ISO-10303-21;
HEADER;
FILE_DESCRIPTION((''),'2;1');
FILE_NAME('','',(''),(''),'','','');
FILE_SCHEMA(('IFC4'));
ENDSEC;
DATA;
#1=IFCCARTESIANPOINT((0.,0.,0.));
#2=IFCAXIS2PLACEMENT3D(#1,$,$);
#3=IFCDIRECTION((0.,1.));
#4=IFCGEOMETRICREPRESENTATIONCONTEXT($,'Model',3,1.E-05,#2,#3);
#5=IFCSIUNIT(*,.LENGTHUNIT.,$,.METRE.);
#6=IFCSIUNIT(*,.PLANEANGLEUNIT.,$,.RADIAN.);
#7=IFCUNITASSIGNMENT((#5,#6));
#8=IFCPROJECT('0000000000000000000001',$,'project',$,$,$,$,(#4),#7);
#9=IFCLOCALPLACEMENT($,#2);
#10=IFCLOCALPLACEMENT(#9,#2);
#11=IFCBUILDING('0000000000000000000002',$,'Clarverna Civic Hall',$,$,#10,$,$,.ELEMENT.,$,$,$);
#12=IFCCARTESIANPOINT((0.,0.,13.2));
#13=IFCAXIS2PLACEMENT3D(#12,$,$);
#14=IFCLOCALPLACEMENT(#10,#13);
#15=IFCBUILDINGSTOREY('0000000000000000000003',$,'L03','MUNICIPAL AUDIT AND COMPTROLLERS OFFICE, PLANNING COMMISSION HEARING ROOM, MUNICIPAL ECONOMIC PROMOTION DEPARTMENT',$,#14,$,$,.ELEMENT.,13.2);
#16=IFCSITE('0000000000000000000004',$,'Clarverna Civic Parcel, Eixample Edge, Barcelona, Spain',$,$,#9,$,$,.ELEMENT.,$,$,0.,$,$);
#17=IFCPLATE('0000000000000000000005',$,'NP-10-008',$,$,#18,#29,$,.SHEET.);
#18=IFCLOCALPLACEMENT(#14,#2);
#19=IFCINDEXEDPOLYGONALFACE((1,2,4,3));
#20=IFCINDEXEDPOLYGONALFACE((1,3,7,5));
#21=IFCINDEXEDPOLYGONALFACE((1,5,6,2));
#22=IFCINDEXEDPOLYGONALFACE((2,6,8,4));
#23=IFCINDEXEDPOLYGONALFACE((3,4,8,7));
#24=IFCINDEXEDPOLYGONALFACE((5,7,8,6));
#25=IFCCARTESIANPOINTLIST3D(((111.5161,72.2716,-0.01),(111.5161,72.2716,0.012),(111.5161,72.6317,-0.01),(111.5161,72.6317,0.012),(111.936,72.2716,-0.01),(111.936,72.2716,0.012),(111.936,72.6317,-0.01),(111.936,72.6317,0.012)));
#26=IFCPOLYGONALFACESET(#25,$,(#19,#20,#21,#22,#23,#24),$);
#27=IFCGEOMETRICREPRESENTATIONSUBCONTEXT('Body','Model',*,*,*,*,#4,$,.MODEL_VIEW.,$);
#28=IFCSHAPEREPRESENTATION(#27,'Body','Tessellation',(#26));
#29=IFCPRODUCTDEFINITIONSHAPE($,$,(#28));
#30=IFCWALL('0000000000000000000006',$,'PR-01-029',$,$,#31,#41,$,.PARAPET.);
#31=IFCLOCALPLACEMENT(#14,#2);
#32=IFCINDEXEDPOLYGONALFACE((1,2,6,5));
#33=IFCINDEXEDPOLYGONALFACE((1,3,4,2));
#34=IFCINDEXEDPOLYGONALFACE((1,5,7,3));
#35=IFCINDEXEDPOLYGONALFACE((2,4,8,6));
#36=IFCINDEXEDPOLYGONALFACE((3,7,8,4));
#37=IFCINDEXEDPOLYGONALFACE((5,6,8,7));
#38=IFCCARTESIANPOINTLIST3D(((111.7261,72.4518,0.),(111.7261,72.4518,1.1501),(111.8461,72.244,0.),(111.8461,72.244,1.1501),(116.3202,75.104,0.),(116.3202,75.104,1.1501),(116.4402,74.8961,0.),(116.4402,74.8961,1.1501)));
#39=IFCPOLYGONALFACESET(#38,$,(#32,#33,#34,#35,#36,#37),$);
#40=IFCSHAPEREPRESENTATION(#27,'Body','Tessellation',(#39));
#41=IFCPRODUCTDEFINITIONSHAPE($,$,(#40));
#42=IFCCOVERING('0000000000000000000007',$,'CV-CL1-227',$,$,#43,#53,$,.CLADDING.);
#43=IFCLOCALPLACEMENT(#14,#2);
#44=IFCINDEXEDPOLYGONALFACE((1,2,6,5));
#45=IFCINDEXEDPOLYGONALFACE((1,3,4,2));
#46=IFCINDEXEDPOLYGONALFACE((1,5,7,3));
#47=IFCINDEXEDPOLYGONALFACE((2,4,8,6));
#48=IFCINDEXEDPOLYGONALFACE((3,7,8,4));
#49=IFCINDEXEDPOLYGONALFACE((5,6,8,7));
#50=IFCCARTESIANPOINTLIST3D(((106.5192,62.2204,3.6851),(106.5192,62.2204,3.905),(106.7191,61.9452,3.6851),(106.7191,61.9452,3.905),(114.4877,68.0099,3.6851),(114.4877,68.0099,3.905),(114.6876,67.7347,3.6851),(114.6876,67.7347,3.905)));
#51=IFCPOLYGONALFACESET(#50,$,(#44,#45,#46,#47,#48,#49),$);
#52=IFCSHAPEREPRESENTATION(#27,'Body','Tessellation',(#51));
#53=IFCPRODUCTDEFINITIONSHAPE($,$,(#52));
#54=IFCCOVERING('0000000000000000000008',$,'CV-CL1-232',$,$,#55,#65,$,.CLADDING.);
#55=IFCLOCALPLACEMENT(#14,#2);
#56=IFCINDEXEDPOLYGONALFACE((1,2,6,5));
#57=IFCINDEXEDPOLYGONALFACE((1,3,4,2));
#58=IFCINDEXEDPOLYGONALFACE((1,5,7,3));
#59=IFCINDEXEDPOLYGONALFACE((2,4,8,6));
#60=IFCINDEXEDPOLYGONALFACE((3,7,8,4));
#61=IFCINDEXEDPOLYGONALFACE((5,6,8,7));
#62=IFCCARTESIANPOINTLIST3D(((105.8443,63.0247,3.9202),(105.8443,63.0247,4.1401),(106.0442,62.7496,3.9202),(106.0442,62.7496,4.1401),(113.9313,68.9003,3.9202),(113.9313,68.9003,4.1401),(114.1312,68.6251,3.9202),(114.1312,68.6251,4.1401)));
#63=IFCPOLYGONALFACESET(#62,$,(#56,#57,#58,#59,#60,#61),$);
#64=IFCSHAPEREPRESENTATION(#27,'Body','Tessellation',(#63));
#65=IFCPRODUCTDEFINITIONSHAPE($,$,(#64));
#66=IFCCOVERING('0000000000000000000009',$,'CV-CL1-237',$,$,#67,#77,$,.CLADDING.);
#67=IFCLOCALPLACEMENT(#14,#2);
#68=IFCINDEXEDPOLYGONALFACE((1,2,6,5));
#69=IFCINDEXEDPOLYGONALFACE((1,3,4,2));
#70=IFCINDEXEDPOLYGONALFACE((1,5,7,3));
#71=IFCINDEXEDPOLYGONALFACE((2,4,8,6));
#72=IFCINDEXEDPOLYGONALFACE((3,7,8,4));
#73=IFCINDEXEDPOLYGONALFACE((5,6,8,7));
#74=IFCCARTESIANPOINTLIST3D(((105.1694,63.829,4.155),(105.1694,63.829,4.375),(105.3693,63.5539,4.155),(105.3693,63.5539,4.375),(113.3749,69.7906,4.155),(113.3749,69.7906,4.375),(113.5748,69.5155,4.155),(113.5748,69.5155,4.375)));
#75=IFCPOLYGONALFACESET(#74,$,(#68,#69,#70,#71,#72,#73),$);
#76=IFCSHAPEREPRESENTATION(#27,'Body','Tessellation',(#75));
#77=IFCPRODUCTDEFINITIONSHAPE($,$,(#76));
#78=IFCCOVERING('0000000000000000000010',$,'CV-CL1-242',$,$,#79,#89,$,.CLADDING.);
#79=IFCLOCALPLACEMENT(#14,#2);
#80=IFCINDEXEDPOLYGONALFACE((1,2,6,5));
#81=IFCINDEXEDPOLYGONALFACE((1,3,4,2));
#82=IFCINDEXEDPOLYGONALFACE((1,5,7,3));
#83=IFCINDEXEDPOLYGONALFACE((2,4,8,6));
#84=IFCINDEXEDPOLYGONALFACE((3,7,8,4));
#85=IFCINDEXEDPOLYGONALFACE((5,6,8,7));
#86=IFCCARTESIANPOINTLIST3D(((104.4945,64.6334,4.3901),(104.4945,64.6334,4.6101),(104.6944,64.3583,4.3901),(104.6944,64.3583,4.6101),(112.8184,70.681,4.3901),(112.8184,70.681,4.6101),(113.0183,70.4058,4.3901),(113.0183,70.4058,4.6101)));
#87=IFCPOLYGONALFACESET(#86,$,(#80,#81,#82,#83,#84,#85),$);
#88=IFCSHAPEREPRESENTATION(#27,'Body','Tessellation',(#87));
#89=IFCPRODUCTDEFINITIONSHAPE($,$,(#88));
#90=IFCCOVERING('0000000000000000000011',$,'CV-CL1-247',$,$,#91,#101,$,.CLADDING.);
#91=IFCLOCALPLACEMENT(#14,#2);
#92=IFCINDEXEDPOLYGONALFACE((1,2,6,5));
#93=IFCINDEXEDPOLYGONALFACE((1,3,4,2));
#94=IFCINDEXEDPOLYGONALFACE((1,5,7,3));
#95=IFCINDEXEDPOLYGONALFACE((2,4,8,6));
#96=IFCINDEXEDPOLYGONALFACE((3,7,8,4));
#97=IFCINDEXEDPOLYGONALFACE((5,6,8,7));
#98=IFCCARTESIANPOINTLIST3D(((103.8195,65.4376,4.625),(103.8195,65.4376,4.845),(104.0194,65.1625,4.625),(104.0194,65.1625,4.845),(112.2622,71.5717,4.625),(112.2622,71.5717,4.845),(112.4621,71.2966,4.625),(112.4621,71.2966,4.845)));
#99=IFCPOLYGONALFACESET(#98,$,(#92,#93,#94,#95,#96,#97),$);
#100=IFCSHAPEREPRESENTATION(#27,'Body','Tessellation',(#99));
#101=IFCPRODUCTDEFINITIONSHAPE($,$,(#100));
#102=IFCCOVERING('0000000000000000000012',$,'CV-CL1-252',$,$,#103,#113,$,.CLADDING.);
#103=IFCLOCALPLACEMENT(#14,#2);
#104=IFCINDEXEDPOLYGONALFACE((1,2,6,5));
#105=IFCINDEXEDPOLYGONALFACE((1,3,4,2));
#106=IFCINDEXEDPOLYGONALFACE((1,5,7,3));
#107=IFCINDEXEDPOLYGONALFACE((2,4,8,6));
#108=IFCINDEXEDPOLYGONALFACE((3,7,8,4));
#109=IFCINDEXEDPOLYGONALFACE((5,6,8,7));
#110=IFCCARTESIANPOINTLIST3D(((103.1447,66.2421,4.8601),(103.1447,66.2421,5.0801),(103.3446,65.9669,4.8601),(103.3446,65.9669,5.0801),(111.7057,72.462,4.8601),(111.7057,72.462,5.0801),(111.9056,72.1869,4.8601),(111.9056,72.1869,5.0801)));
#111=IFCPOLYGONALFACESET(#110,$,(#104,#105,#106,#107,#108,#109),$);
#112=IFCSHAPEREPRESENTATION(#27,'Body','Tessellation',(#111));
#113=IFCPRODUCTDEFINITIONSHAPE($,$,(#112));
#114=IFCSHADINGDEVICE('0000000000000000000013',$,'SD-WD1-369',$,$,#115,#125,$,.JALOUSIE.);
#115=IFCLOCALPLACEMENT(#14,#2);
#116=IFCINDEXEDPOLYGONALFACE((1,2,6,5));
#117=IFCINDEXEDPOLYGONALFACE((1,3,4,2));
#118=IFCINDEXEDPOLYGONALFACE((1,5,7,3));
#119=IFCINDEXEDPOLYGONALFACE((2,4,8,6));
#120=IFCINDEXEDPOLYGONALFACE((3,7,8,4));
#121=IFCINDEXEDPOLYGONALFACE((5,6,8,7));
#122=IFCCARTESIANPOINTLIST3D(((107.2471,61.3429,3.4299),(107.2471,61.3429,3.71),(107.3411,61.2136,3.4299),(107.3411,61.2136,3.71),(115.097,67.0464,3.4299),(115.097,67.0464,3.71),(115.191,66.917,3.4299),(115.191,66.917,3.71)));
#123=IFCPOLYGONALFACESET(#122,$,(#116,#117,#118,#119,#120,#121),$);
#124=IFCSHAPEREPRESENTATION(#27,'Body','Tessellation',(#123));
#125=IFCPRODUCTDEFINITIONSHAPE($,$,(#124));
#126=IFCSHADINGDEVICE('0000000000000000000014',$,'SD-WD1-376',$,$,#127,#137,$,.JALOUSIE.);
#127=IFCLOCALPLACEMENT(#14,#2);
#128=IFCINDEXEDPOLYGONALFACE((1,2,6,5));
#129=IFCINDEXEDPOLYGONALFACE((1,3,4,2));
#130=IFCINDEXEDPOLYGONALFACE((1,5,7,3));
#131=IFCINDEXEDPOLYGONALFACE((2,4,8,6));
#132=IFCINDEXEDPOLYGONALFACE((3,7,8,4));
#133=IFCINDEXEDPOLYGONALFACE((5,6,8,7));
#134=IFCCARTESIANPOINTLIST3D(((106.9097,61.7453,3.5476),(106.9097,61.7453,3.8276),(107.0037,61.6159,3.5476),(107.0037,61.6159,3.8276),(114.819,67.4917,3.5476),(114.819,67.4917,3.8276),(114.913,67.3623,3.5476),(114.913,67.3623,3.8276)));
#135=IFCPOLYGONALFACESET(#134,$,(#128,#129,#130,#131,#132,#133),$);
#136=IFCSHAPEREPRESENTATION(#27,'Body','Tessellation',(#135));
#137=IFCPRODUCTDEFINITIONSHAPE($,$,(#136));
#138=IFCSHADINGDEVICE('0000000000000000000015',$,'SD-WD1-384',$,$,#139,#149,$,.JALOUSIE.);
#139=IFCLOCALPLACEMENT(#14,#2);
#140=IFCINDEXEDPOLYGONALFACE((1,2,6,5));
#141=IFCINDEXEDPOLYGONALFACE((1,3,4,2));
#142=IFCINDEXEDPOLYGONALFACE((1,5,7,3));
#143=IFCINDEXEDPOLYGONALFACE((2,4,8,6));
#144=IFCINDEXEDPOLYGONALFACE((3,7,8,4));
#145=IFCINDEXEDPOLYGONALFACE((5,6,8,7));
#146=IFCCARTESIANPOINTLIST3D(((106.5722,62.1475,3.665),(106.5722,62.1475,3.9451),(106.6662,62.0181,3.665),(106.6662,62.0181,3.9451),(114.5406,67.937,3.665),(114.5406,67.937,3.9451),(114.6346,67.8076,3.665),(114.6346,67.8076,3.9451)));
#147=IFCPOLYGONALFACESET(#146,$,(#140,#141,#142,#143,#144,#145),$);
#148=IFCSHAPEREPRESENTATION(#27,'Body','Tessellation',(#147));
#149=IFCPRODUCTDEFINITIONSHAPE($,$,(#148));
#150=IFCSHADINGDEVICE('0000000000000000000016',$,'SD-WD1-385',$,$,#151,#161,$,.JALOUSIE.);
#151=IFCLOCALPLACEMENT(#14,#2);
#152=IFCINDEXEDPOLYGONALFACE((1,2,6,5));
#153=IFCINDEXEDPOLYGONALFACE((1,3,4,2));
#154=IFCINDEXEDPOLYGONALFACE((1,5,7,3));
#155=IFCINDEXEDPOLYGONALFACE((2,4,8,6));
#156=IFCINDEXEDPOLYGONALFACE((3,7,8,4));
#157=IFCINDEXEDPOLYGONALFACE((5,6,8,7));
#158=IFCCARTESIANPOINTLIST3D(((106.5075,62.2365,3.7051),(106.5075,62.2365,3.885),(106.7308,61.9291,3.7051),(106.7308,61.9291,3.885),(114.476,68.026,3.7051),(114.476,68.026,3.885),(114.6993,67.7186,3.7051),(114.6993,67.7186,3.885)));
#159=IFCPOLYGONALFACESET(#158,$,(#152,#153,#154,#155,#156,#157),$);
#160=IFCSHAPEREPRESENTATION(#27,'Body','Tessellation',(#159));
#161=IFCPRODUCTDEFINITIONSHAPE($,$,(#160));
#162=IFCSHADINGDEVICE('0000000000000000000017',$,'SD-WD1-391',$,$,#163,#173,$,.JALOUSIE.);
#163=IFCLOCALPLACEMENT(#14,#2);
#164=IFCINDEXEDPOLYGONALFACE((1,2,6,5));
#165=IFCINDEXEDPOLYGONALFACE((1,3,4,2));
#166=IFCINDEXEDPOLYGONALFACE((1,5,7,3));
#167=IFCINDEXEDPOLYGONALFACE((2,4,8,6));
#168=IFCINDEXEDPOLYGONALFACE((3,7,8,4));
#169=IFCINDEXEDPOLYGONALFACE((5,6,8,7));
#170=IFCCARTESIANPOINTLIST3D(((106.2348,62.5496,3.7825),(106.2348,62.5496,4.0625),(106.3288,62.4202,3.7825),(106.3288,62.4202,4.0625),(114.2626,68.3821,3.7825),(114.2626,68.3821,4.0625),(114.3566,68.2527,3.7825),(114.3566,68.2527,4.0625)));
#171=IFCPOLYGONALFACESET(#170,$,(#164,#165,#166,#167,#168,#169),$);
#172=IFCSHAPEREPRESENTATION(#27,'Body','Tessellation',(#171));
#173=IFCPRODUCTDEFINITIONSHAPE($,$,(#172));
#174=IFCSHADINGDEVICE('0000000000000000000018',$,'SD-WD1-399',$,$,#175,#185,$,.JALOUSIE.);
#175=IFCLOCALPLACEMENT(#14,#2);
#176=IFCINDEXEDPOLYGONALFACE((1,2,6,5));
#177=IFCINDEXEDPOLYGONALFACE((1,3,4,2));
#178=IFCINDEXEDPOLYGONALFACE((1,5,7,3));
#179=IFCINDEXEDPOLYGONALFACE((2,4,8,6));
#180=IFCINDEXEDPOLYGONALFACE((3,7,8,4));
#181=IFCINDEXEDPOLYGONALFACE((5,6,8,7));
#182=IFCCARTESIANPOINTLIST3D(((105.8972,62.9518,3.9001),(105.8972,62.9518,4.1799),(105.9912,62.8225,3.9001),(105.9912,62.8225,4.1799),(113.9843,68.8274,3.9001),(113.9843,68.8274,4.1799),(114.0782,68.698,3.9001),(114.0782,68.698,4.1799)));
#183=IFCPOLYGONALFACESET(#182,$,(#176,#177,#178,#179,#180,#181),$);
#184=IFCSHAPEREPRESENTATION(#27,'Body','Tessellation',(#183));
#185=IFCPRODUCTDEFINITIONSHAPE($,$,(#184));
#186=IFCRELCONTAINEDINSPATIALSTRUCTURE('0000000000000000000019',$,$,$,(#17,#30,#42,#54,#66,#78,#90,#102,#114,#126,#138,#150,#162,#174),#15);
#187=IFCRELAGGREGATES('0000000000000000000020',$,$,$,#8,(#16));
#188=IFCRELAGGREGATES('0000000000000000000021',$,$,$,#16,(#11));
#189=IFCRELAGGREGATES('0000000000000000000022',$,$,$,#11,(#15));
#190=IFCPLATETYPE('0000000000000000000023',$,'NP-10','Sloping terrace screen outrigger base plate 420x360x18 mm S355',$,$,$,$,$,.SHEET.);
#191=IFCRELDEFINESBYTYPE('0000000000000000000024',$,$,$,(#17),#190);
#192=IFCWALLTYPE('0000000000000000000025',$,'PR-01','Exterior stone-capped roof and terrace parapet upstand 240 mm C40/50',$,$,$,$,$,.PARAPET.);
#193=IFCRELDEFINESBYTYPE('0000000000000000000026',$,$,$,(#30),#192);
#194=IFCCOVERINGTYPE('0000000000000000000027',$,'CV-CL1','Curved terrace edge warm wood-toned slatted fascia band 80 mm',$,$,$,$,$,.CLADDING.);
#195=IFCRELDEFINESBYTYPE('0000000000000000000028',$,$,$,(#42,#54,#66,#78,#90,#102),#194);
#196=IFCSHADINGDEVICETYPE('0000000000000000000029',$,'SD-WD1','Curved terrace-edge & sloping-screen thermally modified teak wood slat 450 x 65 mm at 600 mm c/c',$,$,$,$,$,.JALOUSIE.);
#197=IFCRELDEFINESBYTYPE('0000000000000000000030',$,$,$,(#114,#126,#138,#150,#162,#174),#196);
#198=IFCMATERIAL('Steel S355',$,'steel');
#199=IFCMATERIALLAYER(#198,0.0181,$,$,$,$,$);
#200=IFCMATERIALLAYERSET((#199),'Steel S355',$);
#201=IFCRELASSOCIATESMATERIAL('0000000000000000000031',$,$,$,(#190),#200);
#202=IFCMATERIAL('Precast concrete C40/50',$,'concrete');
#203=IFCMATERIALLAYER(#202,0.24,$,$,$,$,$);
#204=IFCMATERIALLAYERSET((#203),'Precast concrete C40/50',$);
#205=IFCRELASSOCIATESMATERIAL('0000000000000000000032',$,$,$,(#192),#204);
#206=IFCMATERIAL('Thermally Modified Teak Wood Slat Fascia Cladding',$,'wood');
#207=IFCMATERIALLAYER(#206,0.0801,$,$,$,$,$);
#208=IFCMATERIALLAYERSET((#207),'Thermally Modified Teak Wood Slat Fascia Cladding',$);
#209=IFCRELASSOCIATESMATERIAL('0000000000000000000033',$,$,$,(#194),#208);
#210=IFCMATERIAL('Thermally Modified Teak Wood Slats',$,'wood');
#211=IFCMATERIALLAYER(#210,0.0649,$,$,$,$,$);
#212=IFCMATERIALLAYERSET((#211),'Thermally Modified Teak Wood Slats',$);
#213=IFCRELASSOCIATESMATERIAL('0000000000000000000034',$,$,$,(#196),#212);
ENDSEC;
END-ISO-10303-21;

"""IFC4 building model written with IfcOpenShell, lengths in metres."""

from ifc_helpers import new_model, si_unit, direction, frame, frame_2d, origin, origin_2d, place, context, subcontext, project, spatial, rectangle, extrude, material, layer, layer_set, type_object, element, save


model = new_model("IFC4")

# Units and contexts
model_context = context("Model", 3, precision=1e-05, world=origin(), true_north=direction((0.0, 1.0)))
body_context = subcontext(model_context, "Body", "Model", "MODEL_VIEW")
ifc_project = project(units=[si_unit("LENGTHUNIT", "METRE"), si_unit("PLANEANGLEUNIT", "RADIAN")], contexts=[model_context])

# Site, building, storey
site_placement = place(None, origin())
site = spatial("IfcSite", under=ifc_project, at=site_placement, Name="Clarverna Civic Parcel, Eixample Edge, Barcelona, Spain", CompositionType="ELEMENT", RefElevation=0.0)
building_placement = place(site_placement, origin())
building = spatial("IfcBuilding", under=site, at=building_placement, Name="Clarverna Civic Hall", CompositionType="ELEMENT")
storey_placement = place(building_placement, frame((0.0, 0.0, 13.2)))
storey = spatial("IfcBuildingStorey", under=building, at=storey_placement, Name="L03", Description="MUNICIPAL AUDIT AND COMPTROLLERS OFFICE, PLANNING COMMISSION HEARING ROOM, MUNICIPAL ECONOMIC PROMOTION DEPARTMENT", CompositionType="ELEMENT", Elevation=13.2)

# Shared definitions
ifc_material_1 = material(Name="Steel S355", Category="steel")

# Plate
ifc_layer_1 = layer(ifc_material_1, 0.0181)
ifc_layer_set_1 = layer_set([ifc_layer_1], Name="Steel S355")
plate_type = type_object("IfcPlateType", Name="NP-10", Description="Sloping terrace screen outrigger base plate 420x360x18 mm S355", PredefinedType="SHEET", material=ifc_layer_set_1)
plate_placement = place(storey_placement, frame((111.7261, 72.4517, -0.01), z_axis=(0.0, 0.0, 1.0), x_axis=(1.0, 0.0, 0.0)))
element("IfcPlate", 1, at=plate_placement, inside=storey, type_object=plate_type, Name="NP-10-008", PredefinedType="SHEET", context=body_context, shape_type="SweptSolid", body=[
    extrude(rectangle(XDim=0.4199, YDim=0.3601, at=origin_2d()), origin(), (0.0, 0.0, 1.0), 0.022),
])

# Wall
ifc_material_2 = material(Name="Precast concrete C40/50", Category="concrete")
ifc_layer_2 = layer(ifc_material_2, 0.24)
ifc_layer_set_2 = layer_set([ifc_layer_2], Name="Precast concrete C40/50")
wall_type = type_object("IfcWallType", Name="PR-01", Description="Exterior stone-capped roof and terrace parapet upstand 240 mm C40/50", PredefinedType="PARAPET", material=ifc_layer_set_2)
wall_placement = place(storey_placement, frame((111.7861, 72.3479, 0.0), z_axis=(0.0, 0.0, 1.0), x_axis=(0.866045, 0.499965, 0.0)))
element("IfcWall", 2, at=wall_placement, inside=storey, type_object=wall_type, Name="PR-01-029", PredefinedType="PARAPET", context=body_context, shape_type="SweptSolid", body=[
    extrude(rectangle(XDim=5.3047, YDim=0.24, at=frame_2d((2.6523, 0.0))), origin(), (0.0, 0.0, 1.0), 1.1501),
])

# Coverings
ifc_material_3 = material(Name="Thermally Modified Teak Wood Slat Fascia Cladding", Category="wood")
ifc_layer_3 = layer(ifc_material_3, 0.0801)
ifc_layer_set_3 = layer_set([ifc_layer_3], Name="Thermally Modified Teak Wood Slat Fascia Cladding")
covering_type = type_object("IfcCoveringType", Name="CV-CL1", Description="Curved terrace edge warm wood-toned slatted fascia band 80 mm", PredefinedType="CLADDING", material=ifc_layer_set_3)
covering_1_placement = place(storey_placement, frame((114.5876, 67.8723, 3.6851), z_axis=(0.0, 0.0, 1.0), x_axis=(-0.809013, -0.587791, 0.0)))
element("IfcCovering", 3, at=covering_1_placement, inside=storey, type_object=covering_type, Name="CV-CL1-227", PredefinedType="CLADDING", context=body_context, shape_type="SweptSolid", body=[
    extrude(rectangle(XDim=9.8496, YDim=0.3401, at=frame_2d((4.9248, 0.0))), origin(), (0.0, 0.0, 1.0), 0.22),
])
covering_2_placement = place(storey_placement, frame((114.0312, 68.7627, 3.9202), z_axis=(0.0, 0.0, 1.0), x_axis=(-0.809017, -0.587785, 0.0)))
element("IfcCovering", 4, at=covering_2_placement, inside=storey, type_object=covering_type, Name="CV-CL1-232", PredefinedType="CLADDING", context=body_context, shape_type="SweptSolid", body=[
    extrude(rectangle(XDim=9.9961, YDim=0.3401, at=frame_2d((4.998, 0.0))), origin(), (0.0, 0.0, 1.0), 0.22),
])
covering_3_placement = place(storey_placement, frame((113.4749, 69.6531, 4.155), z_axis=(0.0, 0.0, 1.0), x_axis=(-0.809018, -0.587784, 0.0)))
element("IfcCovering", 5, at=covering_3_placement, inside=storey, type_object=covering_type, Name="CV-CL1-237", PredefinedType="CLADDING", context=body_context, shape_type="SweptSolid", body=[
    extrude(rectangle(XDim=10.1426, YDim=0.3401, at=frame_2d((5.0713, 0.0))), origin(), (0.0, 0.0, 1.0), 0.22),
])
covering_4_placement = place(storey_placement, frame((112.9185, 70.5435, 4.3901), z_axis=(0.0, 0.0, 1.0), x_axis=(-0.809022, -0.587778, 0.0)))
element("IfcCovering", 6, at=covering_4_placement, inside=storey, type_object=covering_type, Name="CV-CL1-242", PredefinedType="CLADDING", context=body_context, shape_type="SweptSolid", body=[
    extrude(rectangle(XDim=10.2888, YDim=0.3401, at=frame_2d((5.1445, 0.0))), origin(), (0.0, 0.0, 1.0), 0.22),
])
covering_5_placement = place(storey_placement, frame((112.3621, 71.4341, 4.625), z_axis=(0.0, 0.0, 1.0), x_axis=(-0.809012, -0.587792, 0.0)))
element("IfcCovering", 7, at=covering_5_placement, inside=storey, type_object=covering_type, Name="CV-CL1-247", PredefinedType="CLADDING", context=body_context, shape_type="SweptSolid", body=[
    extrude(rectangle(XDim=10.4358, YDim=0.3401, at=frame_2d((5.2178, 0.0))), origin(), (0.0, 0.0, 1.0), 0.22),
])
covering_6_placement = place(storey_placement, frame((111.8057, 72.3245, 4.8601), z_axis=(0.0, 0.0, 1.0), x_axis=(-0.809016, -0.587786, 0.0)))
element("IfcCovering", 8, at=covering_6_placement, inside=storey, type_object=covering_type, Name="CV-CL1-252", PredefinedType="CLADDING", context=body_context, shape_type="SweptSolid", body=[
    extrude(rectangle(XDim=10.582, YDim=0.3401, at=frame_2d((5.291, 0.0))), origin(), (0.0, 0.0, 1.0), 0.22),
])

# Shading devices
ifc_material_4 = material(Name="Thermally Modified Teak Wood Slats", Category="wood")
ifc_layer_4 = layer(ifc_material_4, 0.0649)
ifc_layer_set_4 = layer_set([ifc_layer_4], Name="Thermally Modified Teak Wood Slats")
shading_device_type = type_object("IfcShadingDeviceType", Name="SD-WD1", Description="Curved terrace-edge & sloping-screen thermally modified teak wood slat 450 x 65 mm at 600 mm c/c", PredefinedType="JALOUSIE", material=ifc_layer_set_4)
shading_device_1_placement = place(storey_placement, frame((115.144, 66.9817, 3.4299), z_axis=(0.0, 0.0, 1.0), x_axis=(-0.809011, -0.587793, 0.0)))
element("IfcShadingDevice", 9, at=shading_device_1_placement, inside=storey, type_object=shading_device_type, Name="SD-WD1-369", PredefinedType="JALOUSIE", context=body_context, shape_type="SweptSolid", body=[
    extrude(rectangle(XDim=9.7031, YDim=0.1599, at=frame_2d((4.8516, 0.0))), origin(), (0.0, 0.0, 1.0), 0.28),
])
shading_device_2_placement = place(storey_placement, frame((114.866, 67.427, 3.5476), z_axis=(0.0, 0.0, 1.0), x_axis=(-0.809018, -0.587784, 0.0)))
element("IfcShadingDevice", 10, at=shading_device_2_placement, inside=storey, type_object=shading_device_type, Name="SD-WD1-376", PredefinedType="JALOUSIE", context=body_context, shape_type="SweptSolid", body=[
    extrude(rectangle(XDim=9.7764, YDim=0.1599, at=frame_2d((4.8882, 0.0))), origin(), (0.0, 0.0, 1.0), 0.28),
])
shading_device_3_placement = place(storey_placement, frame((114.5876, 67.8723, 3.665), z_axis=(0.0, 0.0, 1.0), x_axis=(-0.809013, -0.587791, 0.0)))
element("IfcShadingDevice", 11, at=shading_device_3_placement, inside=storey, type_object=shading_device_type, Name="SD-WD1-384", PredefinedType="JALOUSIE", context=body_context, shape_type="SweptSolid", body=[
    extrude(rectangle(XDim=9.8496, YDim=0.1599, at=frame_2d((4.9248, 0.0))), origin(), (0.0, 0.0, 1.0), 0.28),
])
shading_device_4_placement = place(storey_placement, frame((114.5876, 67.8723, 3.7051), z_axis=(0.0, 0.0, 1.0), x_axis=(-0.809013, -0.587791, 0.0)))
element("IfcShadingDevice", 12, at=shading_device_4_placement, inside=storey, type_object=shading_device_type, Name="SD-WD1-385", PredefinedType="JALOUSIE", context=body_context, shape_type="SweptSolid", body=[
    extrude(rectangle(XDim=9.8496, YDim=0.3799, at=frame_2d((4.9248, 0.0))), origin(), (0.0, 0.0, 1.0), 0.1799),
])
shading_device_5_placement = place(storey_placement, frame((114.3096, 68.3174, 3.7825), z_axis=(0.0, 0.0, 1.0), x_axis=(-0.809019, -0.587782, 0.0)))
element("IfcShadingDevice", 13, at=shading_device_5_placement, inside=storey, type_object=shading_device_type, Name="SD-WD1-391", PredefinedType="JALOUSIE", context=body_context, shape_type="SweptSolid", body=[
    extrude(rectangle(XDim=9.9229, YDim=0.1599, at=frame_2d((4.9614, 0.0))), origin(), (0.0, 0.0, 1.0), 0.28),
])
shading_device_6_placement = place(storey_placement, frame((114.0312, 68.7627, 3.9001), z_axis=(0.0, 0.0, 1.0), x_axis=(-0.809017, -0.587785, 0.0)))
element("IfcShadingDevice", 14, at=shading_device_6_placement, inside=storey, type_object=shading_device_type, Name="SD-WD1-399", PredefinedType="JALOUSIE", context=body_context, shape_type="SweptSolid", body=[
    extrude(rectangle(XDim=9.9961, YDim=0.1599, at=frame_2d((4.998, 0.0))), origin(), (0.0, 0.0, 1.0), 0.2798),
])

save(model, "model.ifc")
